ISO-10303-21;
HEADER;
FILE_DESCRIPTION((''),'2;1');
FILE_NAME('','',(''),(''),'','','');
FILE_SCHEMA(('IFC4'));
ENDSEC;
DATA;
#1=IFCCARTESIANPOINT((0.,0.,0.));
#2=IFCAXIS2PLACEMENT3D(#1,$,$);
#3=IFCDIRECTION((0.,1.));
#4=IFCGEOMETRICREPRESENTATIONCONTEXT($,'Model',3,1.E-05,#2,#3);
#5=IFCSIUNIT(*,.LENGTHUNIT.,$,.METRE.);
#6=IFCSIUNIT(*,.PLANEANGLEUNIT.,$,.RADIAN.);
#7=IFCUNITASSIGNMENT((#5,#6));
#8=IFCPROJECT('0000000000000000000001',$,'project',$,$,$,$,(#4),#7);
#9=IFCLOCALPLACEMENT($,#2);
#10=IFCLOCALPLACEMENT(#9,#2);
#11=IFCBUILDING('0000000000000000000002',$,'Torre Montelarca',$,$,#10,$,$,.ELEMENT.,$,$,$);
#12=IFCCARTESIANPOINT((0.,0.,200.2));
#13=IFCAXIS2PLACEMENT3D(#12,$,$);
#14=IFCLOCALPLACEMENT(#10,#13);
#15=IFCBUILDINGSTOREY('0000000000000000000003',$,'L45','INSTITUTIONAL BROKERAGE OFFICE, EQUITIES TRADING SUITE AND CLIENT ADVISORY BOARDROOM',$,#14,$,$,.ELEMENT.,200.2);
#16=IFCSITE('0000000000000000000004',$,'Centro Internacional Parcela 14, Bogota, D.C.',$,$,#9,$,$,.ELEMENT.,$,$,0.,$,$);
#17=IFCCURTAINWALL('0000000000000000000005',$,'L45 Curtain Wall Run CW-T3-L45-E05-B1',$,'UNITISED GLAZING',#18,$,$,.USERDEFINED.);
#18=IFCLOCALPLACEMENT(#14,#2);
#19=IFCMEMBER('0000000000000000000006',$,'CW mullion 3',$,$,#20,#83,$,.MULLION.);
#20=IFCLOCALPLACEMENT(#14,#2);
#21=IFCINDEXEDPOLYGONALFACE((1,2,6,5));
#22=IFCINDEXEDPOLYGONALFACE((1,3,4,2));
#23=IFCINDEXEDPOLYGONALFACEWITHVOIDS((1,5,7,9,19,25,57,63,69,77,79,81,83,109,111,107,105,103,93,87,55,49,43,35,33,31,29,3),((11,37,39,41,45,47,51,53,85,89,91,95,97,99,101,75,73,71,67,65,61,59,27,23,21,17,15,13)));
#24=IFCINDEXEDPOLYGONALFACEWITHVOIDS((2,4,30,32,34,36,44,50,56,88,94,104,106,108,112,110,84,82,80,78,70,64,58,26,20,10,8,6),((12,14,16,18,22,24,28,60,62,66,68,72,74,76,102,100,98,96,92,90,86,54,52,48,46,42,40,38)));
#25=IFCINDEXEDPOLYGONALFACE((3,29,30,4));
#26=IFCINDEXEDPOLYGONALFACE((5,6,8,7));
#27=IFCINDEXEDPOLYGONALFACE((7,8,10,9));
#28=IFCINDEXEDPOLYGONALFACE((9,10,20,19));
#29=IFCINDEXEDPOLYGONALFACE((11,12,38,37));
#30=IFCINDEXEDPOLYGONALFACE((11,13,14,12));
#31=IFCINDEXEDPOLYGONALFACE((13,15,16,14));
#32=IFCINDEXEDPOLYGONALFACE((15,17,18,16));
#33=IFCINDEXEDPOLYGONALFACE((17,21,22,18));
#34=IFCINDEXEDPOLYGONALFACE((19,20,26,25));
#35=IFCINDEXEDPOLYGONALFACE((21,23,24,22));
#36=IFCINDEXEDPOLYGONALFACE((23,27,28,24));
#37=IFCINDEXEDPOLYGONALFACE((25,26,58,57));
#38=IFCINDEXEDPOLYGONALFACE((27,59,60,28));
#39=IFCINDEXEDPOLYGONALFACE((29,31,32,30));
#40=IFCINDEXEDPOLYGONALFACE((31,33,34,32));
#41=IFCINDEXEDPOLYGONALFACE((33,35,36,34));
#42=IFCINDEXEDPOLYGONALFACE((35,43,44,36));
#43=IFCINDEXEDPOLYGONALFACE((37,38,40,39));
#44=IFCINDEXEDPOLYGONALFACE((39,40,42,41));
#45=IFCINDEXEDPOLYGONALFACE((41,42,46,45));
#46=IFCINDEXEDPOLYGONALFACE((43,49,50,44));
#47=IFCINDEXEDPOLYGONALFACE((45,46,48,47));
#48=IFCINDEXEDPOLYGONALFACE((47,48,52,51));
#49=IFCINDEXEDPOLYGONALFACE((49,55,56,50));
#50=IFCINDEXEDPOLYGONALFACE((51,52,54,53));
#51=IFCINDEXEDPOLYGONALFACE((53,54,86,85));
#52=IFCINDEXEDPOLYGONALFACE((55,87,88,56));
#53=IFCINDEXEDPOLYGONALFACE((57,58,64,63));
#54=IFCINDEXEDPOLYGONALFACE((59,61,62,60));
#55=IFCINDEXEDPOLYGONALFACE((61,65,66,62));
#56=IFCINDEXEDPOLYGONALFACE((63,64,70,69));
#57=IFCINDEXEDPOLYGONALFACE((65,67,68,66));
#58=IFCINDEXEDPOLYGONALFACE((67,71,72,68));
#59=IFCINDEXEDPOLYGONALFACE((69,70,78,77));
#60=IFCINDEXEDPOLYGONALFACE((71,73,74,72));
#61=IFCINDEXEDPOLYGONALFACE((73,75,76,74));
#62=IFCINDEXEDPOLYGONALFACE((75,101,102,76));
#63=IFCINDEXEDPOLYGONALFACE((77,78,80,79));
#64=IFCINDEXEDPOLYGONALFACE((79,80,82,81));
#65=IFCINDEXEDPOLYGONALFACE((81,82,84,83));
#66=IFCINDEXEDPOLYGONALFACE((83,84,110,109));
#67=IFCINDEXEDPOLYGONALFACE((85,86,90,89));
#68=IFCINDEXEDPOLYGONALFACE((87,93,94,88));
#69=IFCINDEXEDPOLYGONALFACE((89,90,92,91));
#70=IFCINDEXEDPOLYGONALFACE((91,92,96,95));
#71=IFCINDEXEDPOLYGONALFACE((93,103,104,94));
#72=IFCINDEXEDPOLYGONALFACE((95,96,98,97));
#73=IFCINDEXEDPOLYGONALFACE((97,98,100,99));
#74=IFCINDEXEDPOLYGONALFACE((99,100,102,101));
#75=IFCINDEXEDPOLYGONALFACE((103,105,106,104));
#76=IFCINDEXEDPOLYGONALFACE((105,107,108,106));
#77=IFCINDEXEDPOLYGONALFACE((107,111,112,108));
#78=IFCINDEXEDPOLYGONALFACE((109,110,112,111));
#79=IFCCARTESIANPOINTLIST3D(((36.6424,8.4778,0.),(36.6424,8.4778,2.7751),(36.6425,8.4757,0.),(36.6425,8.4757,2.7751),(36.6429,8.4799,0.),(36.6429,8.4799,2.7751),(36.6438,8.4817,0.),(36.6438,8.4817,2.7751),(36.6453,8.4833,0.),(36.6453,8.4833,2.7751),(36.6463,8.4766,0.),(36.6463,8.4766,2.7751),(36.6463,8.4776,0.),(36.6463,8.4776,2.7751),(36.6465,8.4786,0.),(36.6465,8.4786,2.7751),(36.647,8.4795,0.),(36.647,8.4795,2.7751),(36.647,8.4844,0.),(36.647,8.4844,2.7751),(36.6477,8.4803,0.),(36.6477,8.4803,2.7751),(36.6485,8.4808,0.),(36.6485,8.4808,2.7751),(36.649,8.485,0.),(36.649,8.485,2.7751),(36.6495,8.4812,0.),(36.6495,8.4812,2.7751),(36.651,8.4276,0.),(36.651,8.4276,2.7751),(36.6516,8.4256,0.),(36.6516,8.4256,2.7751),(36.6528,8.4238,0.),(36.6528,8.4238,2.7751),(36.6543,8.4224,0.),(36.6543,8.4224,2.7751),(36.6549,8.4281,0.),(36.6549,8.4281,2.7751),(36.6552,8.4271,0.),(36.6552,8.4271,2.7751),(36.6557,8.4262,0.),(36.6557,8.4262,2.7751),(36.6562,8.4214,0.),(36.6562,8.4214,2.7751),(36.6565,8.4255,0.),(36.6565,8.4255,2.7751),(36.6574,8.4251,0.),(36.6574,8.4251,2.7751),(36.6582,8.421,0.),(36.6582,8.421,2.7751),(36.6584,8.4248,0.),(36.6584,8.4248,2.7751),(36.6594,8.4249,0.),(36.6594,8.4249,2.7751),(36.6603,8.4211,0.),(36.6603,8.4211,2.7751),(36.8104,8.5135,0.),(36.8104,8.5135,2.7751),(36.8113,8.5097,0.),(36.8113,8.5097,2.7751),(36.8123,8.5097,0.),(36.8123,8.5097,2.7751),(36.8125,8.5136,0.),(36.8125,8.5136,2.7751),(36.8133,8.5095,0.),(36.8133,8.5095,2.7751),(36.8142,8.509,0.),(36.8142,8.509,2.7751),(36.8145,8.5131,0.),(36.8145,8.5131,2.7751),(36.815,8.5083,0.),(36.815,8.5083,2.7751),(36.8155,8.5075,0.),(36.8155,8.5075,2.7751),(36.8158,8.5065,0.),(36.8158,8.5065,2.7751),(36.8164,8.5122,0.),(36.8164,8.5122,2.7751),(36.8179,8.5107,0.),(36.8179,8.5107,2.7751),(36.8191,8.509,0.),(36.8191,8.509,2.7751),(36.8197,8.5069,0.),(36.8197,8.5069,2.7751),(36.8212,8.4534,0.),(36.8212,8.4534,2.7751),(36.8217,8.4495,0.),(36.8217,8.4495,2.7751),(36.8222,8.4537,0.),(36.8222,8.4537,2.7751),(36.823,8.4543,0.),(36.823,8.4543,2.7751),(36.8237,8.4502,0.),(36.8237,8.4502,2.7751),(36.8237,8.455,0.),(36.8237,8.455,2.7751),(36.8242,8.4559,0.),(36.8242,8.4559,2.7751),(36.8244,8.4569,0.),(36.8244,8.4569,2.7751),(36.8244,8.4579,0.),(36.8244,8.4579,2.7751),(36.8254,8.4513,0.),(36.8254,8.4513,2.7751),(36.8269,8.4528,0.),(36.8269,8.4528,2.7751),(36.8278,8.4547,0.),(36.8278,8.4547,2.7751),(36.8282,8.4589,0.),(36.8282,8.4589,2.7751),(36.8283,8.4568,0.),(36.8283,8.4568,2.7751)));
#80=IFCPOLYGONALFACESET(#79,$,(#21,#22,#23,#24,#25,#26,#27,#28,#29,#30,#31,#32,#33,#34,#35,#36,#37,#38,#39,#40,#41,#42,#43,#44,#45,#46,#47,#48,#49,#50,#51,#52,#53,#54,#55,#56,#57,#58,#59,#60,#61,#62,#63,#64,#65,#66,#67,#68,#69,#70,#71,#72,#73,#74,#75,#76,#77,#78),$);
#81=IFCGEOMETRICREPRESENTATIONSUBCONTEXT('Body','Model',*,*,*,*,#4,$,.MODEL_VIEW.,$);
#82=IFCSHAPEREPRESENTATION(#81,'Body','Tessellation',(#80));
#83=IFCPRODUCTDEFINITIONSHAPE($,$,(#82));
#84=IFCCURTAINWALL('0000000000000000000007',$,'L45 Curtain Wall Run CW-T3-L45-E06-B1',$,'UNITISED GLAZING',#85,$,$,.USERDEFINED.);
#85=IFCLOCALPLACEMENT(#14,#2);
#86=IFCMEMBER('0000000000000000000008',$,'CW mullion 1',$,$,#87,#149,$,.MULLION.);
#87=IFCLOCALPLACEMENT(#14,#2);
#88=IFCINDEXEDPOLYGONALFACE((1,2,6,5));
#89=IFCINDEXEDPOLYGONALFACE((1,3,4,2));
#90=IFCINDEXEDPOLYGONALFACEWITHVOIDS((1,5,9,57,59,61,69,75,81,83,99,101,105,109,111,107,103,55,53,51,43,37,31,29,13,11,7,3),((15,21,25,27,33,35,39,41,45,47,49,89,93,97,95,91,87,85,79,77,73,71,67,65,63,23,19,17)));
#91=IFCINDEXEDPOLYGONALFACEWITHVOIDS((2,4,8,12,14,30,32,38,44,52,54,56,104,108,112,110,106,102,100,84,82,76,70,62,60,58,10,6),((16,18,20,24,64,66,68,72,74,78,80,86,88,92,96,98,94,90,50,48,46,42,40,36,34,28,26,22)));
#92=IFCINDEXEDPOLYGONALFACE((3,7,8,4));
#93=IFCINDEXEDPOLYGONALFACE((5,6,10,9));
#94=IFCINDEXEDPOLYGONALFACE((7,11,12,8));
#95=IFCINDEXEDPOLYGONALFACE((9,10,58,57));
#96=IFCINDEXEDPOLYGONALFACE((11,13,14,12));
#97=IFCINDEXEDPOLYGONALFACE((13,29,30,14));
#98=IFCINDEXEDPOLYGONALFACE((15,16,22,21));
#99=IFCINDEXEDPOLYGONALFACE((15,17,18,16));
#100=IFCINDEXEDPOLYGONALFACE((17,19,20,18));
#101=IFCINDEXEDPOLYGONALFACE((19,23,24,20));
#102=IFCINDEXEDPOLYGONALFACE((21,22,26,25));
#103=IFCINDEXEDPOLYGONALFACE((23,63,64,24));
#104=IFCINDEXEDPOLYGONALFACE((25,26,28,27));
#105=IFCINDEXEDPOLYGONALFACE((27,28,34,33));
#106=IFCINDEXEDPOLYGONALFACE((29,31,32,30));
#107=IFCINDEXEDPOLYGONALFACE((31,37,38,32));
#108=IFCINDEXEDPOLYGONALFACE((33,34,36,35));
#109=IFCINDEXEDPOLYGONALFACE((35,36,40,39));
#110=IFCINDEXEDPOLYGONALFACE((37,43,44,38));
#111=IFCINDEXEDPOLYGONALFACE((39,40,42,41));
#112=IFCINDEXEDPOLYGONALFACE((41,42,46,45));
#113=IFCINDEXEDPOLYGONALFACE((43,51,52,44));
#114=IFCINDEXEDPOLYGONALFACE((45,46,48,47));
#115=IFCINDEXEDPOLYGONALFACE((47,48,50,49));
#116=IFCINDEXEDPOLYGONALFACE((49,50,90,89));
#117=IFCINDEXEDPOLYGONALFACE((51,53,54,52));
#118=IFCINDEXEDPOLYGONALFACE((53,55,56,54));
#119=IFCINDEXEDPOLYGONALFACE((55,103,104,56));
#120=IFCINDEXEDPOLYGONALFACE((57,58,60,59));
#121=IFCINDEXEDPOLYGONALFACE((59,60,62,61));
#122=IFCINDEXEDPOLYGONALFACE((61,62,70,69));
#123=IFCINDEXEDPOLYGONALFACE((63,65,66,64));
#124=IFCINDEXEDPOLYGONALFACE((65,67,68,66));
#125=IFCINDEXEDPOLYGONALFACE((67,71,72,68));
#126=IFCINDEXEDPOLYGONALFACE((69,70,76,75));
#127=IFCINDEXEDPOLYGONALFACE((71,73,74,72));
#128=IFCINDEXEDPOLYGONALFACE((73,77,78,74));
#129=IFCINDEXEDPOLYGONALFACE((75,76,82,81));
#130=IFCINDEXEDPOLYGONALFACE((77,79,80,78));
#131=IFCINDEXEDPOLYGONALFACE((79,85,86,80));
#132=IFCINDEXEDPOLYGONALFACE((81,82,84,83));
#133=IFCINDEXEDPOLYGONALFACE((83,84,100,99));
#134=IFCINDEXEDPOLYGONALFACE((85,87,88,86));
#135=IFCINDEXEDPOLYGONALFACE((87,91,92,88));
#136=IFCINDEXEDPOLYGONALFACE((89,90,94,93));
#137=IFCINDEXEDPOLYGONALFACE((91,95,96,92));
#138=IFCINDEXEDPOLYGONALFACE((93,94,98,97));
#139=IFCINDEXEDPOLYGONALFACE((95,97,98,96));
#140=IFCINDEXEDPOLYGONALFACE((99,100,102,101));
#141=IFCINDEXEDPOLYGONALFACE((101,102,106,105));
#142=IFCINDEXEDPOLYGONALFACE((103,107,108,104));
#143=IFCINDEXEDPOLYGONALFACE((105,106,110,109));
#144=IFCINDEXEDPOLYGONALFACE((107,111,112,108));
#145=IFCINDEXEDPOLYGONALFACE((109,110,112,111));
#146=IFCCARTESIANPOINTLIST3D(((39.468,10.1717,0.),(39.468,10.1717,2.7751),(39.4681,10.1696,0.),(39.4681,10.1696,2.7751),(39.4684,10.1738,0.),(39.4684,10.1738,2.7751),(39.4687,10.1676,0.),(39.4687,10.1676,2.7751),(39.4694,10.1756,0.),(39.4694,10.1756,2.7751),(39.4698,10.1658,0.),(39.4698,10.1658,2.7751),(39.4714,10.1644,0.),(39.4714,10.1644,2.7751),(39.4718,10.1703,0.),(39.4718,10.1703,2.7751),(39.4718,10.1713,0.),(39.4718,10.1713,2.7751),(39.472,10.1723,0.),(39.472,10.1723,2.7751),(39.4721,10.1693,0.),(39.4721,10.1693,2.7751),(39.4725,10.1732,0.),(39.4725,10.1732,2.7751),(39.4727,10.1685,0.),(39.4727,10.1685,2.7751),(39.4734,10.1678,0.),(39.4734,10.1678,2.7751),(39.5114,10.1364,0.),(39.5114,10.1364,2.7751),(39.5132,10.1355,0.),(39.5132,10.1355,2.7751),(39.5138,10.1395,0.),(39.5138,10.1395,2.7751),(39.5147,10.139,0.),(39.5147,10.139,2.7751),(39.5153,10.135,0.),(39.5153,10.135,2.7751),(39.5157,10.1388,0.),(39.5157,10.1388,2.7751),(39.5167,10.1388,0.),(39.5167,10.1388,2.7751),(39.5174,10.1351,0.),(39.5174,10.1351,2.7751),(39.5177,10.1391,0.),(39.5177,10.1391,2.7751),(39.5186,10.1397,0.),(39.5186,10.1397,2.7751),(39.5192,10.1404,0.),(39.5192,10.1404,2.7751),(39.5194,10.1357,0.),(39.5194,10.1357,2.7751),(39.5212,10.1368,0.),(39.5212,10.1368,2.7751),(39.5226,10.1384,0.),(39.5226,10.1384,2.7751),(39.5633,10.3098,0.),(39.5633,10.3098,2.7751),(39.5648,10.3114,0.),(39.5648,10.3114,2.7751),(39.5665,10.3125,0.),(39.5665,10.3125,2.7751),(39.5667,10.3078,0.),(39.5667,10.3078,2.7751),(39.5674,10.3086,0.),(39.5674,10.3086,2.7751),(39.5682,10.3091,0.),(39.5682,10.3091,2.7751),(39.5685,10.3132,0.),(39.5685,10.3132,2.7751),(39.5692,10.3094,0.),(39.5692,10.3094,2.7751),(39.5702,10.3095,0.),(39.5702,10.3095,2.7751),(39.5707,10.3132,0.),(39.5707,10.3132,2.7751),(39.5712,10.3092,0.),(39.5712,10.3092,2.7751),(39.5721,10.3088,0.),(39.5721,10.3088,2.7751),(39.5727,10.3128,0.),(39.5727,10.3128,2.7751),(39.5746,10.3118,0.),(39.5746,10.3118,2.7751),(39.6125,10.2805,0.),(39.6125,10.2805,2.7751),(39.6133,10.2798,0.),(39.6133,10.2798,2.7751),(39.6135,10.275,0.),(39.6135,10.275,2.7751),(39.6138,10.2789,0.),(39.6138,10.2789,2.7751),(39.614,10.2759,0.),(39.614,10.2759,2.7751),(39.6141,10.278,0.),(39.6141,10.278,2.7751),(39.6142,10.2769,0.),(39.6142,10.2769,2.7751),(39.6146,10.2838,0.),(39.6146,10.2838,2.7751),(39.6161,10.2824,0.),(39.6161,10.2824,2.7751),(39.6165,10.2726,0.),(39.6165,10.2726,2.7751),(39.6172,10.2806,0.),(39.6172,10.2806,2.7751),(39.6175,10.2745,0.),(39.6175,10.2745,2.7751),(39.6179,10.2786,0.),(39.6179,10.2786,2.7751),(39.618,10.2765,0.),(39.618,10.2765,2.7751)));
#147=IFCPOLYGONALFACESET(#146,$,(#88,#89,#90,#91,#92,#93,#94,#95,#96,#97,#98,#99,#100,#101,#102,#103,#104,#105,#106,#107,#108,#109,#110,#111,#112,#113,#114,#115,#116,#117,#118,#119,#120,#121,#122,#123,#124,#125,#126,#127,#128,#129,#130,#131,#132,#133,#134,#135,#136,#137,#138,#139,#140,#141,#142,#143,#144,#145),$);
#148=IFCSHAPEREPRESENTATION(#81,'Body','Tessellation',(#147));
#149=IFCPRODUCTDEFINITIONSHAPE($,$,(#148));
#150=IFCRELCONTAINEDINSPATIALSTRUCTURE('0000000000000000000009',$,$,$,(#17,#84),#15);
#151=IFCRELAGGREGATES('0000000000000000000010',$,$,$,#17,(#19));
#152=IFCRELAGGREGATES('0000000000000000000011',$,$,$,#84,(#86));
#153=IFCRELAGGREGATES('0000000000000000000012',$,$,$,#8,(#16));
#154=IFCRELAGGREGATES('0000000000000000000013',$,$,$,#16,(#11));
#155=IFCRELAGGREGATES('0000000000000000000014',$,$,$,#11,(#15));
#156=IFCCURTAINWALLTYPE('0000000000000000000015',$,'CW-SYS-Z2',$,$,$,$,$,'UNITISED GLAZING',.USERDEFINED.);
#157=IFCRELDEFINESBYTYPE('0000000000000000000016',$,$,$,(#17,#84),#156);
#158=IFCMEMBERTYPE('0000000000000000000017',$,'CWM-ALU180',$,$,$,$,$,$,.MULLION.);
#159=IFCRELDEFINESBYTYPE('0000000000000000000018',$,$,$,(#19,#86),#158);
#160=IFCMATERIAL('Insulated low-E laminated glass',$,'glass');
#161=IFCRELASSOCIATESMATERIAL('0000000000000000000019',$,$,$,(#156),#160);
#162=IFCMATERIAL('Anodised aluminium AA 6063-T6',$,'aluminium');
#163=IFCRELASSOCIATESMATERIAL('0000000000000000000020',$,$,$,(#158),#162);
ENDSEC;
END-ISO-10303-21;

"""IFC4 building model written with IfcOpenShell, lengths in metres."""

from ifc_helpers import new_model, si_unit, direction, frame, origin, origin_2d, place, context, subcontext, project, spatial, hollow_rectangle, extrude, source, transform, mapped, material, material_profile, profile_set, type_object, element, aggregate, save


model = new_model("IFC4")

# Units and contexts
model_context = context("Model", 3, precision=1e-05, world=origin(), true_north=direction((0.0, 1.0)))
body_context = subcontext(model_context, "Body", "Model", "MODEL_VIEW")
ifc_project = project(units=[si_unit("LENGTHUNIT", "METRE"), si_unit("PLANEANGLEUNIT", "RADIAN")], contexts=[model_context])

# Site, building, storey
site_placement = place(None, origin())
site = spatial("IfcSite", under=ifc_project, at=site_placement, Name="Centro Internacional Parcela 14, Bogota, D.C.", CompositionType="ELEMENT", RefElevation=0.0)
building_placement = place(site_placement, origin())
building = spatial("IfcBuilding", under=site, at=building_placement, Name="Torre Montelarca", CompositionType="ELEMENT")
storey_placement = place(building_placement, frame((0.0, 0.0, 200.2)))
storey = spatial("IfcBuildingStorey", under=building, at=storey_placement, Name="L45", Description="INSTITUTIONAL BROKERAGE OFFICE, EQUITIES TRADING SUITE AND CLIENT ADVISORY BOARDROOM", CompositionType="ELEMENT", Elevation=200.2)

# Curtain walls, members
ifc_material_1 = material(Name="Insulated low-E laminated glass", Category="glass")
curtain_wall_type = type_object("IfcCurtainWallType", Name="CW-SYS-Z2", ElementType="UNITISED GLAZING", PredefinedType="USERDEFINED", material=ifc_material_1)
curtain_wall_1_placement = place(storey_placement, origin())
curtain_wall_1 = element("IfcCurtainWall", 1, at=curtain_wall_1_placement, inside=storey, type_object=curtain_wall_type, Name="L45 Curtain Wall Run CW-T3-L45-E05-B1", ObjectType="UNITISED GLAZING", PredefinedType="USERDEFINED")
ifc_material_2 = material(Name="Anodised aluminium AA 6063-T6", Category="aluminium")
ifc_material_profile_1 = material_profile(ifc_material_2, hollow_rectangle(XDim=0.0649, YDim=0.1799, WallThickness=0.0039, InnerFilletRadius=0.0039, OuterFilletRadius=0.0081, at=origin_2d()), Name="ALU65X180X4", Category="aluminium")
ifc_profile_set_1 = profile_set([ifc_material_profile_1], Name="Anodised aluminium AA 6063-T6")
member_type_1 = type_object("IfcMemberType", Name="CWM-ALU180", PredefinedType="MULLION", material=ifc_profile_set_1)
shared_shape_1 = source(origin(), body_context, "Body", "SweptSolid", [
    extrude(hollow_rectangle(XDim=0.0649, YDim=0.1799, WallThickness=0.0039, InnerFilletRadius=0.0039, OuterFilletRadius=0.0081, at=origin_2d()), origin(), (0.0, 0.0, 1.0), 2.7751),
])
member_1_placement = place(storey_placement, frame((36.7354, 8.4673, 0.0), z_axis=(0.0, 0.0, 1.0), x_axis=(-0.173634, 0.98481, 0.0)))
member_1 = element("IfcMember", 2, at=member_1_placement, type_object=member_type_1, Name="CW mullion 3", PredefinedType="MULLION", context=body_context, shape_type="MappedRepresentation", body=[
    mapped(shared_shape_1, transform((0.0, 0.0, 0.0), scale=1.0)),
])
curtain_wall_2_placement = place(storey_placement, origin())
curtain_wall_2 = element("IfcCurtainWall", 3, at=curtain_wall_2_placement, inside=storey, type_object=curtain_wall_type, Name="L45 Curtain Wall Run CW-T3-L45-E06-B1", ObjectType="UNITISED GLAZING", PredefinedType="USERDEFINED")
member_2_placement = place(storey_placement, frame((39.543, 10.2241, 0.0), z_axis=(0.0, 0.0, 1.0), x_axis=(-0.819166, 0.573556, 0.0)))
member_2 = element("IfcMember", 4, at=member_2_placement, type_object=member_type_1, Name="CW mullion 1", PredefinedType="MULLION", context=body_context, shape_type="MappedRepresentation", body=[
    mapped(shared_shape_1, transform((0.0, 0.0, 0.0), scale=1.0)),
])

aggregate(curtain_wall_1, [member_1])
aggregate(curtain_wall_2, [member_2])

save(model, "model.ifc")
